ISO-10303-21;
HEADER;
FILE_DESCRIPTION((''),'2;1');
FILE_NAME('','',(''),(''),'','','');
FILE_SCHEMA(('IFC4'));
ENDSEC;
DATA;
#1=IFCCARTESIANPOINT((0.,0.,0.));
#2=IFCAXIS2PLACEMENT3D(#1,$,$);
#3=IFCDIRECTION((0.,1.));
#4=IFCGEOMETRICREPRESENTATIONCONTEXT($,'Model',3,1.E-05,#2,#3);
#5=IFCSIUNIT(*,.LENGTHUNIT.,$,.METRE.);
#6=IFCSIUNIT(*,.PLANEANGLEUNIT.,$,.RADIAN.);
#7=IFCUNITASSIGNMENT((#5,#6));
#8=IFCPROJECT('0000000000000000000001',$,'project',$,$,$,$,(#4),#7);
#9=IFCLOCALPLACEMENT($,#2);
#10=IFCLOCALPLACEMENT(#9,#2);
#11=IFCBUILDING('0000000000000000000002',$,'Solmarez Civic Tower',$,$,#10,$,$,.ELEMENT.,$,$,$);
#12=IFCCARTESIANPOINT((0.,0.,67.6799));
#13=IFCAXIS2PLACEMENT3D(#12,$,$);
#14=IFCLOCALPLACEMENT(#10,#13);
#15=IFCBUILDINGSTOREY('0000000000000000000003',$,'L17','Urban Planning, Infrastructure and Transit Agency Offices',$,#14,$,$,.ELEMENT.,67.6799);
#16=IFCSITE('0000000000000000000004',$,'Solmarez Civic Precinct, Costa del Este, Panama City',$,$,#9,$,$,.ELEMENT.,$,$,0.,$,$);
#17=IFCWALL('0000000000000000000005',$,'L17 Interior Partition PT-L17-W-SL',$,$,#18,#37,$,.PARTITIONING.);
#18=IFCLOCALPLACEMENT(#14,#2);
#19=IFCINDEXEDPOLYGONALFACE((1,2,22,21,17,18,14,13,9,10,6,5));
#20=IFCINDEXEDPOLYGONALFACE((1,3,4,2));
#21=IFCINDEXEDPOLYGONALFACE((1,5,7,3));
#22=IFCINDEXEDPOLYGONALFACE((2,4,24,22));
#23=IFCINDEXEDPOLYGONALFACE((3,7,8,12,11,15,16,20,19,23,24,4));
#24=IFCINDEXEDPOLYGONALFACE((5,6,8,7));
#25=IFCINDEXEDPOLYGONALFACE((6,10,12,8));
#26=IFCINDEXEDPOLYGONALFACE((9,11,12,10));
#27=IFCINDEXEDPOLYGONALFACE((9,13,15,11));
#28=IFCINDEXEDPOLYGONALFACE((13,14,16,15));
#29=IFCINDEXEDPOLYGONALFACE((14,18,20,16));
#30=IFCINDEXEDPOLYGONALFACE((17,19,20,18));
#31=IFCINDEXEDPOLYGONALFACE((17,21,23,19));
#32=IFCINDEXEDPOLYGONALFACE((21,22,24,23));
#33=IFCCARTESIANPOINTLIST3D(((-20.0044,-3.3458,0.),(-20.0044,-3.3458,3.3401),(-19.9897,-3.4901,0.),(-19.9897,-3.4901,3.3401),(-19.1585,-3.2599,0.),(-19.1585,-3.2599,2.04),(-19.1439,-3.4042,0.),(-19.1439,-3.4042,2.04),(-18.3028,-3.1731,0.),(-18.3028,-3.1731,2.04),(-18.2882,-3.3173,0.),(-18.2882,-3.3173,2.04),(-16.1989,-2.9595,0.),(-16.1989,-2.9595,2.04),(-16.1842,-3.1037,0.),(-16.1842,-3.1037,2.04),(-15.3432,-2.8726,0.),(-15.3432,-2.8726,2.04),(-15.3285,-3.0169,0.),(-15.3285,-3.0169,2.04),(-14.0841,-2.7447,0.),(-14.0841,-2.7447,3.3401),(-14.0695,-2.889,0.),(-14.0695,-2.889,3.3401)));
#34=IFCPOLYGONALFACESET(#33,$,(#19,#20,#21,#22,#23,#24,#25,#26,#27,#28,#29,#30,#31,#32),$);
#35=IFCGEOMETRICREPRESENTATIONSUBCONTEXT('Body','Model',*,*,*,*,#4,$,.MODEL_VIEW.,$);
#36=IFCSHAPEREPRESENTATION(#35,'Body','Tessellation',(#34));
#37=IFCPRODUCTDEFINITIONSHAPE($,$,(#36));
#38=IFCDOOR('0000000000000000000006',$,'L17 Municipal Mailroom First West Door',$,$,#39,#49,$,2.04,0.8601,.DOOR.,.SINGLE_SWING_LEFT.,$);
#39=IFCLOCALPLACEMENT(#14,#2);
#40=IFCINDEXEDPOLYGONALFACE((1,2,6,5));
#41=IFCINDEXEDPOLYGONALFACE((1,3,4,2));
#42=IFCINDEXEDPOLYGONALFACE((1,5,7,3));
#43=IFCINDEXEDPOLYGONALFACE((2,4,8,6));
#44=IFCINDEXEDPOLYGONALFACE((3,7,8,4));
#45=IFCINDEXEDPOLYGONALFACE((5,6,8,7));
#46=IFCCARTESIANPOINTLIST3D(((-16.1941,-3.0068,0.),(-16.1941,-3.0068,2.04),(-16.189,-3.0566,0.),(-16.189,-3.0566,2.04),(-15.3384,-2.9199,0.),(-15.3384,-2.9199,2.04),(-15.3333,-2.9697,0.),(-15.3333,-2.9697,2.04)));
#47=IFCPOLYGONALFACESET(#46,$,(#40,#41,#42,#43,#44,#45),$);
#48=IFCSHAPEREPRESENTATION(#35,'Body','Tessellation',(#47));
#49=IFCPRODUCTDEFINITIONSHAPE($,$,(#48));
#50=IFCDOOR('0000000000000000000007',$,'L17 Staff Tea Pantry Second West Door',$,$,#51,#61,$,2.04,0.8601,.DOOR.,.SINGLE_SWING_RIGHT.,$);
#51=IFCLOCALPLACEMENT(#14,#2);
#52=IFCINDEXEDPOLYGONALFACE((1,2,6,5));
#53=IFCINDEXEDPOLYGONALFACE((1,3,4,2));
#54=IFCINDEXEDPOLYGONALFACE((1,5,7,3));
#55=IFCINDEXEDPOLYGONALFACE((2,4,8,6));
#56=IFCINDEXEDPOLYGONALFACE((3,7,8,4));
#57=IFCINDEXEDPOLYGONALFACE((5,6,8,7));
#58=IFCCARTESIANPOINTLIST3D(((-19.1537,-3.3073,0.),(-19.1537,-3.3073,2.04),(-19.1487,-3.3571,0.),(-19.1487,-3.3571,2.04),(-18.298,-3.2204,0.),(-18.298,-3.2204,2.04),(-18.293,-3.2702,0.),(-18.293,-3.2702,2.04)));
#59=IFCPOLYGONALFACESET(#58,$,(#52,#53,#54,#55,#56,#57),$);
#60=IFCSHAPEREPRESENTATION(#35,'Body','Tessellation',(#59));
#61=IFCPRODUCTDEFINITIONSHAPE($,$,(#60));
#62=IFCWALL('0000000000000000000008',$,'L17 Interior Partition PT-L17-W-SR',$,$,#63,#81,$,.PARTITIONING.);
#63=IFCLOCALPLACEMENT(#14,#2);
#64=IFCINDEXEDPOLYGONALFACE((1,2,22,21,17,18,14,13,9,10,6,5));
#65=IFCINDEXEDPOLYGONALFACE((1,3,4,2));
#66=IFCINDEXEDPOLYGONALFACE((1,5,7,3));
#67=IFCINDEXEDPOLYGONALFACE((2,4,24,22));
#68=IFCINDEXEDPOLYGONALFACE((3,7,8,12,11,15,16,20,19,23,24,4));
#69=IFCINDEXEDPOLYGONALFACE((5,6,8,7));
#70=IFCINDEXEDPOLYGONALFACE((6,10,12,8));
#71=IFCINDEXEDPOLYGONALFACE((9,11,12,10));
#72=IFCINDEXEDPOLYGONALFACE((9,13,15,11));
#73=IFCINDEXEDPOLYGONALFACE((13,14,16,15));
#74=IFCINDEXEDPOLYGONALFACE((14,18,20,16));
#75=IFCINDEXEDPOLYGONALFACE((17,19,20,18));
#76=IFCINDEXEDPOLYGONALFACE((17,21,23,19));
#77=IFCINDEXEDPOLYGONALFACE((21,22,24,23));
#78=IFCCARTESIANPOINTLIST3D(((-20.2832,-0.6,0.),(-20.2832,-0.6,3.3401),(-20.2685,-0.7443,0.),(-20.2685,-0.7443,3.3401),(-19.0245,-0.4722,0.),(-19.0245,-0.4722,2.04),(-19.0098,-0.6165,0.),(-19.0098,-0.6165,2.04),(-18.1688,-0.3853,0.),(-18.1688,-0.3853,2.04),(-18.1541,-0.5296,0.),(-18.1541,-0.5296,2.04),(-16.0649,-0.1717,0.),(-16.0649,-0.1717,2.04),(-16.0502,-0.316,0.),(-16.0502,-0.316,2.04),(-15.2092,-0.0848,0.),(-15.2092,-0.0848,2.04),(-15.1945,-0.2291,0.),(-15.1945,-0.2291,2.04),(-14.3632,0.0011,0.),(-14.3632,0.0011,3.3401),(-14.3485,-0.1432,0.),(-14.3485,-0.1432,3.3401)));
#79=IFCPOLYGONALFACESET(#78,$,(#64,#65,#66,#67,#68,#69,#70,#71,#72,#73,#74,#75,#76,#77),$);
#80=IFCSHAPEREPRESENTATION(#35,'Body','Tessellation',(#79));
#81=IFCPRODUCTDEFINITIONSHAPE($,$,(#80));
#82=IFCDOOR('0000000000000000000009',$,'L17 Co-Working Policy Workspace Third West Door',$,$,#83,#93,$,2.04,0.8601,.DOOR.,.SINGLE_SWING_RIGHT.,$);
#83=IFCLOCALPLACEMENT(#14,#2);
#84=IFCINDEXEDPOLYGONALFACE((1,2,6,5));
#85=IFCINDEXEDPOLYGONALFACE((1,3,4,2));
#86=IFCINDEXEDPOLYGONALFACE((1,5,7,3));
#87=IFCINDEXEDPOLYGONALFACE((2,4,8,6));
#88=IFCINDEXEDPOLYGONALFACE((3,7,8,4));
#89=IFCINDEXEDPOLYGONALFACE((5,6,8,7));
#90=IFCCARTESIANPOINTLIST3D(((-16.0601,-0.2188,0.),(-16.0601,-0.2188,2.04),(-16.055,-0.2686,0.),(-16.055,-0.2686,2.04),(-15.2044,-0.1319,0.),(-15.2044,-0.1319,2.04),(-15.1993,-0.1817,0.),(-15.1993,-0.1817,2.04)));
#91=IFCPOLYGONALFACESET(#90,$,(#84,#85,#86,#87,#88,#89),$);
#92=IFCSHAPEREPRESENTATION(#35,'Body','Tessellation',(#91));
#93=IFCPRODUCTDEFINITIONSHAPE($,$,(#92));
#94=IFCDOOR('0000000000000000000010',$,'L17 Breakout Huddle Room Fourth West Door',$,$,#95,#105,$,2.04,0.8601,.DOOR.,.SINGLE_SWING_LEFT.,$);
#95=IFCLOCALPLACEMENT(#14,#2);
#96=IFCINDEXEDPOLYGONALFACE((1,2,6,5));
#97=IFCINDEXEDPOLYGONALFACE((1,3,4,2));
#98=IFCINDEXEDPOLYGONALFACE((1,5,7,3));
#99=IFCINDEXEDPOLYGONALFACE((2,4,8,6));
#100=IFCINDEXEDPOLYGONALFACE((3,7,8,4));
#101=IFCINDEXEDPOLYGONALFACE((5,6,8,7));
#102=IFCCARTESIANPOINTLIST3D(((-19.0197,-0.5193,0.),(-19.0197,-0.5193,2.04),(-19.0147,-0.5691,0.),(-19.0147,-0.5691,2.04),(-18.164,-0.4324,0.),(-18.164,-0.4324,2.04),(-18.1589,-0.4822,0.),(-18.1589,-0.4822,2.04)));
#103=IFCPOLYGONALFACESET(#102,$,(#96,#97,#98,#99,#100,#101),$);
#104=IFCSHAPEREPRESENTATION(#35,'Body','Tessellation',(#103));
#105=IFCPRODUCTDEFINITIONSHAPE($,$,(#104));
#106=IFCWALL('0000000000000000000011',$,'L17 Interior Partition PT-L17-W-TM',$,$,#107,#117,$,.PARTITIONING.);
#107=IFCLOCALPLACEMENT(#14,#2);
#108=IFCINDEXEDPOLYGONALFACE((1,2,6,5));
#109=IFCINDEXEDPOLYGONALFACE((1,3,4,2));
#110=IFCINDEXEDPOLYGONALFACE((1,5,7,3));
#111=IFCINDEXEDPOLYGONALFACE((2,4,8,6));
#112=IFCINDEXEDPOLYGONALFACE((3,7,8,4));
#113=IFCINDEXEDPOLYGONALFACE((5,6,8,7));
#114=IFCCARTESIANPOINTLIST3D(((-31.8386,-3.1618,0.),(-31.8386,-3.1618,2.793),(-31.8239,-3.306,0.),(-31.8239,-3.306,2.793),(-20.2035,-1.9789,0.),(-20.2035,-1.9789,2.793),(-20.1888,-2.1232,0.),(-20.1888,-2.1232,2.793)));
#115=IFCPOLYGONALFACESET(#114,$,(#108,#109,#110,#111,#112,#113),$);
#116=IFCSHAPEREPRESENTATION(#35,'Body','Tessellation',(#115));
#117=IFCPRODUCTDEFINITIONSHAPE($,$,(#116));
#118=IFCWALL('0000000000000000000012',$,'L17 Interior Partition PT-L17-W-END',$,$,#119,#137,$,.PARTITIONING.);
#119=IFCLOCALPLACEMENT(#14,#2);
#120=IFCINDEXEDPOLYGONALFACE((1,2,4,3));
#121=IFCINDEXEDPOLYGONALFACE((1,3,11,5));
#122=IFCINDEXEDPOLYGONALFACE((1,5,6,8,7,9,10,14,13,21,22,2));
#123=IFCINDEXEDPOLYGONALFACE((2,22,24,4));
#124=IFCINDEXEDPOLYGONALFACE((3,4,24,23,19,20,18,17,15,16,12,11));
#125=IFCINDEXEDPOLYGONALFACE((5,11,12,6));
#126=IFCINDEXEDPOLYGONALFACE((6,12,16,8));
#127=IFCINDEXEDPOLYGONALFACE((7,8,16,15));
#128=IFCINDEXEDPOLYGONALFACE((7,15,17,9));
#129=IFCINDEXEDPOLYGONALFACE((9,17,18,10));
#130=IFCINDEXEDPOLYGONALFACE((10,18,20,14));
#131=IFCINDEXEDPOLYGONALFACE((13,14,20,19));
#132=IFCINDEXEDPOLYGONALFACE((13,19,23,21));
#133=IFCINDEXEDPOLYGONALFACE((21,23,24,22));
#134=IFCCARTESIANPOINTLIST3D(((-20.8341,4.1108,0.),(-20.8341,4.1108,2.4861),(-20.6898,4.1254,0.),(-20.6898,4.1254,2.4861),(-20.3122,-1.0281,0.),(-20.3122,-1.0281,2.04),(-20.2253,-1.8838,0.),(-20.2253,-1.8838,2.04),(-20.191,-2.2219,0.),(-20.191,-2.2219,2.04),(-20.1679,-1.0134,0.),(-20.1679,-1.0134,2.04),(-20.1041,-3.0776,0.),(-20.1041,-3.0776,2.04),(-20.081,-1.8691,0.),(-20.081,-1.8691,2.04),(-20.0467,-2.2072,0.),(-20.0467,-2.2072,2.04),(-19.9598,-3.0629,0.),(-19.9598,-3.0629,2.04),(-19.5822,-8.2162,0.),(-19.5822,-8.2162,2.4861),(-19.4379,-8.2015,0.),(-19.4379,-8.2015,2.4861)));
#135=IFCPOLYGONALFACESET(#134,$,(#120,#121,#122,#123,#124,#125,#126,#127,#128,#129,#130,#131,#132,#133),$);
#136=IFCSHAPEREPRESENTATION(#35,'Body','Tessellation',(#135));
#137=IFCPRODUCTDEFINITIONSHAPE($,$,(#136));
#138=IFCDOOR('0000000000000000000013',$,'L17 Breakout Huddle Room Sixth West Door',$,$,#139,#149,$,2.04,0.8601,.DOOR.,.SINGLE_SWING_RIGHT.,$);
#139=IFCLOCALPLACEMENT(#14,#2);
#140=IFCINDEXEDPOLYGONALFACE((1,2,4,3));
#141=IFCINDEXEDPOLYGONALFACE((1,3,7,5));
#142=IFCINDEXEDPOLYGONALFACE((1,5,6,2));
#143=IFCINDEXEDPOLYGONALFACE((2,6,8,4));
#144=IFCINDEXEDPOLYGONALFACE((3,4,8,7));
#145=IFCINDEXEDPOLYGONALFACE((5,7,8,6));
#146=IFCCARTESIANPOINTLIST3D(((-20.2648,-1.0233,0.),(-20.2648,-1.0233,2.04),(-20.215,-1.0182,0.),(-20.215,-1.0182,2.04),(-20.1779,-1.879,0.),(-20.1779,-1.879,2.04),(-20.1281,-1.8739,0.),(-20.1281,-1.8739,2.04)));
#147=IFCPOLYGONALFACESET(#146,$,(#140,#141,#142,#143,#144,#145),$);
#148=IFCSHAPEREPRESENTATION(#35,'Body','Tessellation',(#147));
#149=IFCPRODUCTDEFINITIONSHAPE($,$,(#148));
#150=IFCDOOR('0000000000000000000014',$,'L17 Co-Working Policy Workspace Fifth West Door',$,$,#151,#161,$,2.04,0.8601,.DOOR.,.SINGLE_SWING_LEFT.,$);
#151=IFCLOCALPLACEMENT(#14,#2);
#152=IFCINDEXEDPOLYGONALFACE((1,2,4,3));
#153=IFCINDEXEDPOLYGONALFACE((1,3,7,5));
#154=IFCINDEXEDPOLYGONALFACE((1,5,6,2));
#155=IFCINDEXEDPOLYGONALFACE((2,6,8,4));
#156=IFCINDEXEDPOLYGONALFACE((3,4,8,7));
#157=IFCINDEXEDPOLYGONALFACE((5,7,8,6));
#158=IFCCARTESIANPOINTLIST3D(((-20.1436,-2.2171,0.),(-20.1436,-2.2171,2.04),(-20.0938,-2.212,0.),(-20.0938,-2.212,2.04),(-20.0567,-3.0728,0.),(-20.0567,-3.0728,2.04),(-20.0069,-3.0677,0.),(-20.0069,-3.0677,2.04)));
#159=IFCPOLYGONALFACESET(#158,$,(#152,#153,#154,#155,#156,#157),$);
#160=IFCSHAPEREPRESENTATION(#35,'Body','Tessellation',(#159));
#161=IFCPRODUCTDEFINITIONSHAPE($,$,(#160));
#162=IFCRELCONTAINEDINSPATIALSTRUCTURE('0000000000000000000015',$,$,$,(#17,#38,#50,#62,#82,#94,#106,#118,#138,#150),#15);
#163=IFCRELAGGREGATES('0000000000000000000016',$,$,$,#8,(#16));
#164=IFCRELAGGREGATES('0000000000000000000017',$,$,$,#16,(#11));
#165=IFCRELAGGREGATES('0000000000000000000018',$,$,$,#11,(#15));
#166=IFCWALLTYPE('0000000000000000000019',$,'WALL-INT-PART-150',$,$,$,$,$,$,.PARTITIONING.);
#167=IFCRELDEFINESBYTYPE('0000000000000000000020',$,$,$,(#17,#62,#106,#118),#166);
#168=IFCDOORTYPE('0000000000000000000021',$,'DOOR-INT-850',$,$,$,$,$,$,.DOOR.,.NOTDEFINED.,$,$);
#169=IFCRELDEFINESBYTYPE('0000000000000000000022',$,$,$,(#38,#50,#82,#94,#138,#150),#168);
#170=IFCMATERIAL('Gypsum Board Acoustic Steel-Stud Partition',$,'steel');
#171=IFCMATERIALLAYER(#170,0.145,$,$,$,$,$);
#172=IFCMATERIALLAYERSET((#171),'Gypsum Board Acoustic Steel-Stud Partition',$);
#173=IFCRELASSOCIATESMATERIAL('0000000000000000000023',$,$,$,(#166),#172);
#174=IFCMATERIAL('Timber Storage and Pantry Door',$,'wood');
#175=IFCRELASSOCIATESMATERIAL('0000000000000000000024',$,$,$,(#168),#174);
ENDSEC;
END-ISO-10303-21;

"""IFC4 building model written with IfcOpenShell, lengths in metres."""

from ifc_helpers import new_model, si_unit, direction, frame, frame_2d, origin, place, context, subcontext, project, spatial, rectangle, extrude, material, layer, layer_set, type_object, element, fill, save


model = new_model("IFC4")

# Units and contexts
model_context = context("Model", 3, precision=1e-05, world=origin(), true_north=direction((0.0, 1.0)))
body_context = subcontext(model_context, "Body", "Model", "MODEL_VIEW")
ifc_project = project(units=[si_unit("LENGTHUNIT", "METRE"), si_unit("PLANEANGLEUNIT", "RADIAN")], contexts=[model_context])

# Site, building, storey
site_placement = place(None, origin())
site = spatial("IfcSite", under=ifc_project, at=site_placement, Name="Solmarez Civic Precinct, Costa del Este, Panama City", CompositionType="ELEMENT", RefElevation=0.0)
building_placement = place(site_placement, origin())
building = spatial("IfcBuilding", under=site, at=building_placement, Name="Solmarez Civic Tower", CompositionType="ELEMENT")
storey_placement = place(building_placement, frame((0.0, 0.0, 67.6799)))
storey = spatial("IfcBuildingStorey", under=building, at=storey_placement, Name="L17", Description="Urban Planning, Infrastructure and Transit Agency Offices", CompositionType="ELEMENT", Elevation=67.6799)

# Shared definitions
ifc_material_1 = material(Name="Gypsum Board Acoustic Steel-Stud Partition", Category="steel")
ifc_layer_1 = layer(ifc_material_1, 0.145)
ifc_layer_set_1 = layer_set([ifc_layer_1], Name="Gypsum Board Acoustic Steel-Stud Partition")
wall_type_1 = type_object("IfcWallType", Name="WALL-INT-PART-150", PredefinedType="PARTITIONING", material=ifc_layer_set_1)

# Walls, openings, doors
wall_1_placement = place(storey_placement, frame((-19.9971, -3.418, 0.0), z_axis=(0.0, 0.0, 1.0), x_axis=(0.994885, 0.101011, 0.0)))
wall_1 = element("IfcWall", 1, at=wall_1_placement, inside=storey, type_object=wall_type_1, Name="L17 Interior Partition PT-L17-W-SL", PredefinedType="PARTITIONING", context=body_context, shape_type="SweptSolid", body=[
    extrude(rectangle(XDim=5.9507, YDim=0.145, at=frame_2d((2.9753, 0.0))), origin(), (0.0, 0.0, 1.0), 3.3401),
])
opening_1_placement = place(wall_1_placement, frame((3.825, 0.0, 0.0)))
opening_1 = element("IfcOpeningElement", 2, at=opening_1_placement, cuts=wall_1, PredefinedType="OPENING", context=body_context, shape_type="SweptSolid", body=[
    extrude(rectangle(XDim=0.8601, YDim=2.04, at=frame_2d((0.4302, 1.02))), frame((0.0, 0.0825, 0.0), z_axis=(0.0, -1.0, 0.0), x_axis=(1.0, 0.0, 0.0)), (0.0, 0.0, 1.0), 0.165),
])
opening_2_placement = place(wall_1_placement, frame((0.8501, 0.0, 0.0)))
opening_2 = element("IfcOpeningElement", 3, at=opening_2_placement, cuts=wall_1, PredefinedType="OPENING", context=body_context, shape_type="SweptSolid", body=[
    extrude(rectangle(XDim=0.8601, YDim=2.04, at=frame_2d((0.4302, 1.02))), frame((0.0, 0.0825, 0.0), z_axis=(0.0, -1.0, 0.0), x_axis=(1.0, 0.0, 0.0)), (0.0, 0.0, 1.0), 0.165),
])
ifc_material_2 = material(Name="Timber Storage and Pantry Door", Category="wood")
door_type = type_object("IfcDoorType", Name="DOOR-INT-850", OperationType="NOTDEFINED", PredefinedType="DOOR", material=ifc_material_2)
door_1_placement = place(opening_1_placement, origin())
door_1 = element("IfcDoor", 4, at=door_1_placement, inside=storey, type_object=door_type, Name="L17 Municipal Mailroom First West Door", OperationType="SINGLE_SWING_LEFT", OverallHeight=2.04, OverallWidth=0.8601, PredefinedType="DOOR", context=body_context, shape_type="SweptSolid", body=[
    extrude(rectangle(XDim=0.8601, YDim=2.04, at=frame_2d((0.4302, 1.02))), frame((0.0, 0.0249, 0.0), z_axis=(0.0, -1.0, 0.0), x_axis=(1.0, 0.0, 0.0)), (0.0, 0.0, 1.0), 0.05),
])
fill(opening_1, door_1)
door_2_placement = place(opening_2_placement, origin())
door_2 = element("IfcDoor", 5, at=door_2_placement, inside=storey, type_object=door_type, Name="L17 Staff Tea Pantry Second West Door", OperationType="SINGLE_SWING_RIGHT", OverallHeight=2.04, OverallWidth=0.8601, PredefinedType="DOOR", context=body_context, shape_type="SweptSolid", body=[
    extrude(rectangle(XDim=0.8601, YDim=2.04, at=frame_2d((0.4302, 1.02))), frame((0.0, 0.0249, 0.0), z_axis=(0.0, -1.0, 0.0), x_axis=(1.0, 0.0, 0.0)), (0.0, 0.0, 1.0), 0.05),
])
fill(opening_2, door_2)
wall_2_placement = place(storey_placement, frame((-14.356, -0.071, 0.0), z_axis=(0.0, 0.0, 1.0), x_axis=(-0.994885, -0.101015, 0.0)))
wall_2 = element("IfcWall", 6, at=wall_2_placement, inside=storey, type_object=wall_type_1, Name="L17 Interior Partition PT-L17-W-SR", PredefinedType="PARTITIONING", context=body_context, shape_type="SweptSolid", body=[
    extrude(rectangle(XDim=5.9504, YDim=0.145, at=frame_2d((2.9751, 0.0))), origin(), (0.0, 0.0, 1.0), 3.3401),
])
opening_3_placement = place(wall_2_placement, frame((0.8501, 0.0, 0.0)))
opening_3 = element("IfcOpeningElement", 7, at=opening_3_placement, cuts=wall_2, PredefinedType="OPENING", context=body_context, shape_type="SweptSolid", body=[
    extrude(rectangle(XDim=0.8601, YDim=2.04, at=frame_2d((0.4302, 1.02))), frame((0.0, 0.0825, 0.0), z_axis=(0.0, -1.0, 0.0), x_axis=(1.0, 0.0, 0.0)), (0.0, 0.0, 1.0), 0.165),
])
opening_4_placement = place(wall_2_placement, frame((3.825, 0.0, 0.0)))
opening_4 = element("IfcOpeningElement", 8, at=opening_4_placement, cuts=wall_2, PredefinedType="OPENING", context=body_context, shape_type="SweptSolid", body=[
    extrude(rectangle(XDim=0.8601, YDim=2.04, at=frame_2d((0.4302, 1.02))), frame((0.0, 0.0825, 0.0), z_axis=(0.0, -1.0, 0.0), x_axis=(1.0, 0.0, 0.0)), (0.0, 0.0, 1.0), 0.165),
])
door_3_placement = place(opening_3_placement, origin())
door_3 = element("IfcDoor", 9, at=door_3_placement, inside=storey, type_object=door_type, Name="L17 Co-Working Policy Workspace Third West Door", OperationType="SINGLE_SWING_RIGHT", OverallHeight=2.04, OverallWidth=0.8601, PredefinedType="DOOR", context=body_context, shape_type="SweptSolid", body=[
    extrude(rectangle(XDim=0.8601, YDim=2.04, at=frame_2d((0.4302, 1.02))), frame((0.0, 0.0249, 0.0), z_axis=(0.0, -1.0, 0.0), x_axis=(1.0, 0.0, 0.0)), (0.0, 0.0, 1.0), 0.05),
])
fill(opening_3, door_3)
door_4_placement = place(opening_4_placement, origin())
door_4 = element("IfcDoor", 10, at=door_4_placement, inside=storey, type_object=door_type, Name="L17 Breakout Huddle Room Fourth West Door", OperationType="SINGLE_SWING_LEFT", OverallHeight=2.04, OverallWidth=0.8601, PredefinedType="DOOR", context=body_context, shape_type="SweptSolid", body=[
    extrude(rectangle(XDim=0.8601, YDim=2.04, at=frame_2d((0.4302, 1.02))), frame((0.0, 0.0249, 0.0), z_axis=(0.0, -1.0, 0.0), x_axis=(1.0, 0.0, 0.0)), (0.0, 0.0, 1.0), 0.05),
])
fill(opening_4, door_4)

# Wall
wall_3_placement = place(storey_placement, frame((-20.196, -2.051, 0.0), z_axis=(0.0, 0.0, 1.0), x_axis=(-0.994872, -0.101143, 0.0)))
element("IfcWall", 11, at=wall_3_placement, inside=storey, type_object=wall_type_1, Name="L17 Interior Partition PT-L17-W-TM", PredefinedType="PARTITIONING", context=body_context, shape_type="SweptSolid", body=[
    extrude(rectangle(XDim=11.6951, YDim=0.145, at=frame_2d((5.8477, 0.0))), origin(), (0.0, 0.0, 1.0), 2.793),
])

# Wall, openings, doors
wall_4_placement = place(storey_placement, frame((-19.51, -8.209, 0.0), z_axis=(0.0, 0.0, 1.0), x_axis=(-0.101043, 0.994882, 0.0)))
wall_4 = element("IfcWall", 12, at=wall_4_placement, inside=storey, type_object=wall_type_1, Name="L17 Interior Partition PT-L17-W-END", PredefinedType="PARTITIONING", context=body_context, shape_type="SweptSolid", body=[
    extrude(rectangle(XDim=12.3904, YDim=0.145, at=frame_2d((6.1953, 0.0))), origin(), (0.0, 0.0, 1.0), 2.4861),
])
opening_5_placement = place(wall_4_placement, frame((6.365, 0.0, 0.0)))
opening_5 = element("IfcOpeningElement", 13, at=opening_5_placement, cuts=wall_4, PredefinedType="OPENING", context=body_context, shape_type="SweptSolid", body=[
    extrude(rectangle(XDim=0.8601, YDim=2.04, at=frame_2d((0.4302, 1.02))), frame((0.0, 0.0825, 0.0), z_axis=(0.0, -1.0, 0.0), x_axis=(1.0, 0.0, 0.0)), (0.0, 0.0, 1.0), 0.165),
])
opening_6_placement = place(wall_4_placement, frame((5.165, 0.0, 0.0)))
opening_6 = element("IfcOpeningElement", 14, at=opening_6_placement, cuts=wall_4, PredefinedType="OPENING", context=body_context, shape_type="SweptSolid", body=[
    extrude(rectangle(XDim=0.8601, YDim=2.04, at=frame_2d((0.4302, 1.02))), frame((0.0, 0.0825, 0.0), z_axis=(0.0, -1.0, 0.0), x_axis=(1.0, 0.0, 0.0)), (0.0, 0.0, 1.0), 0.165),
])
door_5_placement = place(opening_5_placement, origin())
door_5 = element("IfcDoor", 15, at=door_5_placement, inside=storey, type_object=door_type, Name="L17 Breakout Huddle Room Sixth West Door", OperationType="SINGLE_SWING_RIGHT", OverallHeight=2.04, OverallWidth=0.8601, PredefinedType="DOOR", context=body_context, shape_type="SweptSolid", body=[
    extrude(rectangle(XDim=0.8601, YDim=2.04, at=frame_2d((0.4302, 1.02))), frame((0.0, 0.0249, 0.0), z_axis=(0.0, -1.0, 0.0), x_axis=(1.0, 0.0, 0.0)), (0.0, 0.0, 1.0), 0.05),
])
fill(opening_5, door_5)
door_6_placement = place(opening_6_placement, origin())
door_6 = element("IfcDoor", 16, at=door_6_placement, inside=storey, type_object=door_type, Name="L17 Co-Working Policy Workspace Fifth West Door", OperationType="SINGLE_SWING_LEFT", OverallHeight=2.04, OverallWidth=0.8601, PredefinedType="DOOR", context=body_context, shape_type="SweptSolid", body=[
    extrude(rectangle(XDim=0.8601, YDim=2.04, at=frame_2d((0.4302, 1.02))), frame((0.0, 0.0249, 0.0), z_axis=(0.0, -1.0, 0.0), x_axis=(1.0, 0.0, 0.0)), (0.0, 0.0, 1.0), 0.05),
])
fill(opening_6, door_6)

save(model, "model.ifc")
